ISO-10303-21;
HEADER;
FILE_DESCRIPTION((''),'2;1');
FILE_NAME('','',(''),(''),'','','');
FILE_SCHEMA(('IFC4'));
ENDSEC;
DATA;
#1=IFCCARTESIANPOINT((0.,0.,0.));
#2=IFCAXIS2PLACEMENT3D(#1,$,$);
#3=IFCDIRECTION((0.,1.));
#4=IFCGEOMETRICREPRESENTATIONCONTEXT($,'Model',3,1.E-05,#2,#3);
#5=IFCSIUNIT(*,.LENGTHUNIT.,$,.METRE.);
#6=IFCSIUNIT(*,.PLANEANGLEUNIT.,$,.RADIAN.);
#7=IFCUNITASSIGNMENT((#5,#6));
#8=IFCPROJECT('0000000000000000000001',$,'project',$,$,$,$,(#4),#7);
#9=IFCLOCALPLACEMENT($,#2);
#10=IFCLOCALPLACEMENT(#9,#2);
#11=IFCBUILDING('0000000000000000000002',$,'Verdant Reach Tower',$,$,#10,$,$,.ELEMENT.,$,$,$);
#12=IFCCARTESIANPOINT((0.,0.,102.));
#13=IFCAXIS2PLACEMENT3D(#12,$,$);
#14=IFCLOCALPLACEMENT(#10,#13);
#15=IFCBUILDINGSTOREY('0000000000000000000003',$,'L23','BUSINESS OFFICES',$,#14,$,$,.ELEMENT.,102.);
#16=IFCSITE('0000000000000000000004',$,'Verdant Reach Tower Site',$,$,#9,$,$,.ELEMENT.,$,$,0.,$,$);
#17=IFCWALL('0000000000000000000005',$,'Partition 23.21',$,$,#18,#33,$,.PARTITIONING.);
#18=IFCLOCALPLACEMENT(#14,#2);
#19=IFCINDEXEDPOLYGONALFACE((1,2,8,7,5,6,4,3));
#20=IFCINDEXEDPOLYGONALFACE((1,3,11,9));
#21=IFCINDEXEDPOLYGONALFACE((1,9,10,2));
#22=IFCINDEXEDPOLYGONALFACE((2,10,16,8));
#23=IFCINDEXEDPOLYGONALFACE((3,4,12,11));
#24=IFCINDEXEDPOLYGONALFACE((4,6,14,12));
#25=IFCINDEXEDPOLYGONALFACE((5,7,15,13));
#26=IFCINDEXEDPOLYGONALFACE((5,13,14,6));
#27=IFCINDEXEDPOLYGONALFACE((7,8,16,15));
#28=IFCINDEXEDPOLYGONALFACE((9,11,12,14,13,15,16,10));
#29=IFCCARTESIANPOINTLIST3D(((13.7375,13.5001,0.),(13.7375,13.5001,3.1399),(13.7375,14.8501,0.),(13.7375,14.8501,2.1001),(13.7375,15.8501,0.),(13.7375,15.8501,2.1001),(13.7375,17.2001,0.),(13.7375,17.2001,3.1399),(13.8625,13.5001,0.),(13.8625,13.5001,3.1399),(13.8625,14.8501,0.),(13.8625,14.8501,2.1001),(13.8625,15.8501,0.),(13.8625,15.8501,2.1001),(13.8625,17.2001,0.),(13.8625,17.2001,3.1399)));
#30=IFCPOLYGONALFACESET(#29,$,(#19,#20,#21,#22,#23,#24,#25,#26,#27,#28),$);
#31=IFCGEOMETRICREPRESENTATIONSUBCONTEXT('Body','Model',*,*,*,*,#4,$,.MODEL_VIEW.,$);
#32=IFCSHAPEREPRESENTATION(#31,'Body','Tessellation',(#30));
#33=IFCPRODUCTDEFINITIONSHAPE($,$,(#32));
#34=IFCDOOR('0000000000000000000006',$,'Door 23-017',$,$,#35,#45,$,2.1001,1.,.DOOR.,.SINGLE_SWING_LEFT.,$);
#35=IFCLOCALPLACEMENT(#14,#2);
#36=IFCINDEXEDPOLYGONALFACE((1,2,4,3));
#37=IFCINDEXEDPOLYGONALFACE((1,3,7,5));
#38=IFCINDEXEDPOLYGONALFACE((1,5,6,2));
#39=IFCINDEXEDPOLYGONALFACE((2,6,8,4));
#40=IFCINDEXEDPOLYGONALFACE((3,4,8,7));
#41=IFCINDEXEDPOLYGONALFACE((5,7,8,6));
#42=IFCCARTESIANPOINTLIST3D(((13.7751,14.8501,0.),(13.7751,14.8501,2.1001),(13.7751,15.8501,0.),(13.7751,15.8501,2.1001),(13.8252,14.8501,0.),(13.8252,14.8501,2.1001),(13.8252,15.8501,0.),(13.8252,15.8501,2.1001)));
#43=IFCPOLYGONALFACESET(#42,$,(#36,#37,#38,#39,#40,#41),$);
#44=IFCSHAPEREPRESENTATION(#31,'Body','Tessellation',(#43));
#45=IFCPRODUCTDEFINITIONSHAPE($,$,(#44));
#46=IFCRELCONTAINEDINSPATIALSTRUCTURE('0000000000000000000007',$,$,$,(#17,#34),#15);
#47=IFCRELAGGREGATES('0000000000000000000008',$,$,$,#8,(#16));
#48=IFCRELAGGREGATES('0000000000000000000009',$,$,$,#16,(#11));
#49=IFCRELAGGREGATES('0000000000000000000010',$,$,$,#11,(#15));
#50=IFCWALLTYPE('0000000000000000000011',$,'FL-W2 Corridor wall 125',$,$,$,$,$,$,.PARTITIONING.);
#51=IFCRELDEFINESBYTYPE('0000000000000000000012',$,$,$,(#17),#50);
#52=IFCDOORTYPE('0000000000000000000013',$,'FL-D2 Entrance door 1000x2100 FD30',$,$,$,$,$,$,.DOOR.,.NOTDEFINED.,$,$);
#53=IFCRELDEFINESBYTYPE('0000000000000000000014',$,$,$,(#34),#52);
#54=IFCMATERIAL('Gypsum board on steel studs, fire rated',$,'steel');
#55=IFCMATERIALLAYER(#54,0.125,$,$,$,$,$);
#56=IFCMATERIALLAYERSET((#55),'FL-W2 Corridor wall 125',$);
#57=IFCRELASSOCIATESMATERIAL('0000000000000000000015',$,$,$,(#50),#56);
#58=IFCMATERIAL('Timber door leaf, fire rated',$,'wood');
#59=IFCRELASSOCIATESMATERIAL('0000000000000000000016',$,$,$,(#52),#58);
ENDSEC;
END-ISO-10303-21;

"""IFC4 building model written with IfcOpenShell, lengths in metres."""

from ifc_helpers import new_model, si_unit, direction, frame, frame_2d, origin, place, context, subcontext, project, spatial, rectangle, extrude, material, layer, layer_set, type_object, element, fill, save


model = new_model("IFC4")

# Units and contexts
model_context = context("Model", 3, precision=1e-05, world=origin(), true_north=direction((0.0, 1.0)))
body_context = subcontext(model_context, "Body", "Model", "MODEL_VIEW")
ifc_project = project(units=[si_unit("LENGTHUNIT", "METRE"), si_unit("PLANEANGLEUNIT", "RADIAN")], contexts=[model_context])

# Site, building, storey
site_placement = place(None, origin())
site = spatial("IfcSite", under=ifc_project, at=site_placement, Name="Verdant Reach Tower Site", CompositionType="ELEMENT", RefElevation=0.0)
building_placement = place(site_placement, origin())
building = spatial("IfcBuilding", under=site, at=building_placement, Name="Verdant Reach Tower", CompositionType="ELEMENT")
storey_placement = place(building_placement, frame((0.0, 0.0, 102.0)))
storey = spatial("IfcBuildingStorey", under=building, at=storey_placement, Name="L23", Description="BUSINESS OFFICES", CompositionType="ELEMENT", Elevation=102.0)

# Shared definitions
ifc_material_1 = material(Name="Gypsum board on steel studs, fire rated", Category="steel")
ifc_layer_1 = layer(ifc_material_1, 0.125)
ifc_layer_set_1 = layer_set([ifc_layer_1], Name="FL-W2 Corridor wall 125")
wall_type_1 = type_object("IfcWallType", Name="FL-W2 Corridor wall 125", PredefinedType="PARTITIONING", material=ifc_layer_set_1)
ifc_material_2 = material(Name="Timber door leaf, fire rated", Category="wood")
door_type = type_object("IfcDoorType", Name="FL-D2 Entrance door 1000x2100 FD30", OperationType="NOTDEFINED", PredefinedType="DOOR", material=ifc_material_2)

# Wall, opening, door
wall_1_placement = place(storey_placement, frame((13.8, 13.5, 0.0), z_axis=(0.0, 0.0, 1.0), x_axis=(0.0, 1.0, 0.0)))
wall_1 = element("IfcWall", 1, at=wall_1_placement, inside=storey, type_object=wall_type_1, Name="Partition 23.21", PredefinedType="PARTITIONING", context=body_context, shape_type="SweptSolid", body=[
    extrude(rectangle(XDim=3.7, YDim=0.125, at=frame_2d((1.8501, 0.0))), origin(), (0.0, 0.0, 1.0), 3.1399),
])
opening_1_placement = place(wall_1_placement, frame((1.3501, 0.0, 0.0)))
opening_1 = element("IfcOpeningElement", 2, at=opening_1_placement, cuts=wall_1, PredefinedType="OPENING", context=body_context, shape_type="SweptSolid", body=[
    extrude(rectangle(XDim=1.0, YDim=2.1001, at=frame_2d((0.5, 1.05))), frame((0.0, 0.0725, 0.0), z_axis=(0.0, -1.0, 0.0), x_axis=(1.0, 0.0, 0.0)), (0.0, 0.0, 1.0), 0.145),
])
door_1_placement = place(opening_1_placement, origin())
door_1 = element("IfcDoor", 3, at=door_1_placement, inside=storey, type_object=door_type, Name="Door 23-017", OperationType="SINGLE_SWING_LEFT", OverallHeight=2.1001, OverallWidth=1.0, PredefinedType="DOOR", context=body_context, shape_type="SweptSolid", body=[
    extrude(rectangle(XDim=1.0, YDim=2.1001, at=frame_2d((0.5, 1.05))), frame((0.0, 0.0249, 0.0), z_axis=(0.0, -1.0, 0.0), x_axis=(1.0, 0.0, 0.0)), (0.0, 0.0, 1.0), 0.05),
])
fill(opening_1, door_1)

save(model, "model.ifc")
